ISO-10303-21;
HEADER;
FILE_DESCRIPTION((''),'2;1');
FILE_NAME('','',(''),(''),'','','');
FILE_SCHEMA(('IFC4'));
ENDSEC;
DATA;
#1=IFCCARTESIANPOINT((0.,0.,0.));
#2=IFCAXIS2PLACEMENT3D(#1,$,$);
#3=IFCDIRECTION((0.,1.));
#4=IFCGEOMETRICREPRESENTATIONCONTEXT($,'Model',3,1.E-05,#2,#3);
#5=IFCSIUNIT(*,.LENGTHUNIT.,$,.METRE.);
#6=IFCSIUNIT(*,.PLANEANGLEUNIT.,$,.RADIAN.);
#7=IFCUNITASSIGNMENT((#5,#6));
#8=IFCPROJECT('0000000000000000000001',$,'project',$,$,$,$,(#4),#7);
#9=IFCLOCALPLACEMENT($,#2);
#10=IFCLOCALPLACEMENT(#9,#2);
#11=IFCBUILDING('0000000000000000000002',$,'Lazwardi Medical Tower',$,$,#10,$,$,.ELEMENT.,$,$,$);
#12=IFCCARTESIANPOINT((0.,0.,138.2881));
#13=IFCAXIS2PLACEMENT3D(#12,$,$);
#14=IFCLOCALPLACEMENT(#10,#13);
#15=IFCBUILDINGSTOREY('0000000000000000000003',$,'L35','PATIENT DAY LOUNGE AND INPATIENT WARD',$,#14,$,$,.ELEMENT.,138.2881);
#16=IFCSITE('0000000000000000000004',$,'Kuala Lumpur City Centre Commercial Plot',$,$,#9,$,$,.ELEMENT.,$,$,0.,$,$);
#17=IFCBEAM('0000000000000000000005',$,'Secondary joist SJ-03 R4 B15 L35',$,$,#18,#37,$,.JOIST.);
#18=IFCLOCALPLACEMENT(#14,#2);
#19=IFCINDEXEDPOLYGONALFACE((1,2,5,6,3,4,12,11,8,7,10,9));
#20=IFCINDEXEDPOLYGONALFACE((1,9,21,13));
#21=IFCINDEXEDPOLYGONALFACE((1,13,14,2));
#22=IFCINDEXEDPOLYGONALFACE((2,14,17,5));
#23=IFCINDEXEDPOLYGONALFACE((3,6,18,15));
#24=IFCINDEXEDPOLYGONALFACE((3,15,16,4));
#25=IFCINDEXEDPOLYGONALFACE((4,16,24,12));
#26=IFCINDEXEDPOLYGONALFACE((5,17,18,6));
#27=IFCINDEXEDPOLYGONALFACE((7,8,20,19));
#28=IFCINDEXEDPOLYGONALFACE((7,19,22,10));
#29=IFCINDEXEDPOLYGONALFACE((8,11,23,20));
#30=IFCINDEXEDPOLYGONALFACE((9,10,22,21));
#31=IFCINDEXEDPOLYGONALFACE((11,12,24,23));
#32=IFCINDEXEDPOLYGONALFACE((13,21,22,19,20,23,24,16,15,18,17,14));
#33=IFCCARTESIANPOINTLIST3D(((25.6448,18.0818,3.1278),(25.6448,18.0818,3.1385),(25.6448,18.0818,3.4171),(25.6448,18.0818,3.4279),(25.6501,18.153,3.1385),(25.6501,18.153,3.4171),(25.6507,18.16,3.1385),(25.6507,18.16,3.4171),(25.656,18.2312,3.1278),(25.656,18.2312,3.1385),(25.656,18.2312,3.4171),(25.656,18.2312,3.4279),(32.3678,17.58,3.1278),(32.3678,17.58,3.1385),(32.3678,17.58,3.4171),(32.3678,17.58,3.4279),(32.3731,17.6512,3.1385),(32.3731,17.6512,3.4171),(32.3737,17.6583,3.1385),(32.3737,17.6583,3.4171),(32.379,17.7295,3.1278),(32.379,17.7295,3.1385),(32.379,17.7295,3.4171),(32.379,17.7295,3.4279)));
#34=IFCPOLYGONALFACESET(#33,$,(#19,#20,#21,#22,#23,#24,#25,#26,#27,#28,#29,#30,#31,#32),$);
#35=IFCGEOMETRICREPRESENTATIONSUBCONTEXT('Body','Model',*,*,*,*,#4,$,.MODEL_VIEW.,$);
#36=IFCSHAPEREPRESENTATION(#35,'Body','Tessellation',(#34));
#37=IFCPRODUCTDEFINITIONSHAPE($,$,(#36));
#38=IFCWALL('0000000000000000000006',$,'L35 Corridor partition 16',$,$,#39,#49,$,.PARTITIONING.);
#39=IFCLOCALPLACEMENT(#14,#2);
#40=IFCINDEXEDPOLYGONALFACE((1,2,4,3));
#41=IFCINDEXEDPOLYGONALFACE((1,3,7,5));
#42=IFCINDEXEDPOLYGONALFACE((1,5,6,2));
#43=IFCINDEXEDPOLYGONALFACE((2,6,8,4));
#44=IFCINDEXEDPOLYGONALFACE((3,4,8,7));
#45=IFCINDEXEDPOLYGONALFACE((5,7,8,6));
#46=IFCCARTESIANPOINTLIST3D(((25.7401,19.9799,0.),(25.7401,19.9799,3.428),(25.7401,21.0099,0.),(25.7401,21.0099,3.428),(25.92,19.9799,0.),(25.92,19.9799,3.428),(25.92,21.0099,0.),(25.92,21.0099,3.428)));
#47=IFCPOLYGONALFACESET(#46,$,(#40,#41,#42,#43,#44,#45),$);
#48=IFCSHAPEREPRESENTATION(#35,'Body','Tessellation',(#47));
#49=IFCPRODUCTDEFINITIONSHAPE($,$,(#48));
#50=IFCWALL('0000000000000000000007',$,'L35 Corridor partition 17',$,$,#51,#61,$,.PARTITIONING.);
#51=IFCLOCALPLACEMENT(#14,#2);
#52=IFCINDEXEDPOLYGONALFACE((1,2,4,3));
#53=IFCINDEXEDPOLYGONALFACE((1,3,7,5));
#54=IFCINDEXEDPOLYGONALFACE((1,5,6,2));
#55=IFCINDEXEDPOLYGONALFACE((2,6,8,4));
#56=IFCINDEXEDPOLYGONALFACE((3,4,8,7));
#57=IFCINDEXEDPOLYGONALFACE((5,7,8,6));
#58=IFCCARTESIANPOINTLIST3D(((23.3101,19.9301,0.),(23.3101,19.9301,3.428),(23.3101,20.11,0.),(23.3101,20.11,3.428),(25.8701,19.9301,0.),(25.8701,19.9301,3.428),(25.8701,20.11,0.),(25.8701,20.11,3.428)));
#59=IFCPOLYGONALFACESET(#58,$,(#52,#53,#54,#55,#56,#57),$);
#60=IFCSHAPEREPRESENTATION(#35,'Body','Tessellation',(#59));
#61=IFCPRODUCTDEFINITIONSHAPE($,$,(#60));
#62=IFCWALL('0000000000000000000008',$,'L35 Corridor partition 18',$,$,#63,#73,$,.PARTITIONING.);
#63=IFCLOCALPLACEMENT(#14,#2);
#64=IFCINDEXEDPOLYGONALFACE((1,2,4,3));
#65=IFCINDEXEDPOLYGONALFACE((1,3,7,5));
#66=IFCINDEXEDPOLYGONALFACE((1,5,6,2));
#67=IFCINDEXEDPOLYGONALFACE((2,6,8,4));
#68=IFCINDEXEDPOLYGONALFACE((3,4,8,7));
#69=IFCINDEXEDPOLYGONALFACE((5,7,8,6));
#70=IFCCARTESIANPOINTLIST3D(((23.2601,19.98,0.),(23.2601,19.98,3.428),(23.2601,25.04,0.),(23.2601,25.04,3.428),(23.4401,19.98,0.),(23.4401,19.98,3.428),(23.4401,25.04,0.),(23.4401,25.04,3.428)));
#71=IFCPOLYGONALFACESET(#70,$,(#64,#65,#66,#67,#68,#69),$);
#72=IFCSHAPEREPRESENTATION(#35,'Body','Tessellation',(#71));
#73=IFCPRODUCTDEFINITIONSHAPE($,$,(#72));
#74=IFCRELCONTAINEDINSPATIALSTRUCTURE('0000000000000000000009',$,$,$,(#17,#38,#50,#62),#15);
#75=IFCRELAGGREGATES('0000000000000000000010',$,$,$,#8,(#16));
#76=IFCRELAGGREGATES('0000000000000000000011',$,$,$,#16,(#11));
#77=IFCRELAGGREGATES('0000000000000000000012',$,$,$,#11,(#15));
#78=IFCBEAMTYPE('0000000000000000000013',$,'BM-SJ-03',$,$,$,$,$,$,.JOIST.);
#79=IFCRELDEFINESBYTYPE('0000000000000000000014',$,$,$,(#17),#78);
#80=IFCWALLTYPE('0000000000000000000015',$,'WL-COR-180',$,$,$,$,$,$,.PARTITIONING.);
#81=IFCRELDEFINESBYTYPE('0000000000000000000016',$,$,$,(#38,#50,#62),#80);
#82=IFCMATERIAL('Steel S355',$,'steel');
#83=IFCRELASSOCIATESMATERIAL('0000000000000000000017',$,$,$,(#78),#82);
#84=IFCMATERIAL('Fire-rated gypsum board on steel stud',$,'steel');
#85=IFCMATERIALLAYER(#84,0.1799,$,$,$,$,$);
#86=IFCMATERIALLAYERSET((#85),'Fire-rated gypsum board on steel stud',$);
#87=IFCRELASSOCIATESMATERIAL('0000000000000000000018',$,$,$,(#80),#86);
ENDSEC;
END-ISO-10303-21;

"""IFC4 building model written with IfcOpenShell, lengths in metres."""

from ifc_helpers import new_model, si_unit, direction, frame, frame_2d, origin, origin_2d, place, context, subcontext, project, spatial, rectangle, i_section, extrude, material, layer, layer_set, material_profile, profile_set, type_object, element, save


model = new_model("IFC4")

# Units and contexts
model_context = context("Model", 3, precision=1e-05, world=origin(), true_north=direction((0.0, 1.0)))
body_context = subcontext(model_context, "Body", "Model", "MODEL_VIEW")
ifc_project = project(units=[si_unit("LENGTHUNIT", "METRE"), si_unit("PLANEANGLEUNIT", "RADIAN")], contexts=[model_context])

# Site, building, storey
site_placement = place(None, origin())
site = spatial("IfcSite", under=ifc_project, at=site_placement, Name="Kuala Lumpur City Centre Commercial Plot", CompositionType="ELEMENT", RefElevation=0.0)
building_placement = place(site_placement, origin())
building = spatial("IfcBuilding", under=site, at=building_placement, Name="Lazwardi Medical Tower", CompositionType="ELEMENT")
storey_placement = place(building_placement, frame((0.0, 0.0, 138.2881)))
storey = spatial("IfcBuildingStorey", under=building, at=storey_placement, Name="L35", Description="PATIENT DAY LOUNGE AND INPATIENT WARD", CompositionType="ELEMENT", Elevation=138.2881)

# Beam
ifc_material_1 = material(Name="Steel S355", Category="steel")
ifc_material_profile_1 = material_profile(ifc_material_1, i_section(OverallWidth=0.1499, OverallDepth=0.3, WebThickness=0.0071, FlangeThickness=0.0107, at=origin_2d()), Name="IPE 300")
ifc_profile_set_1 = profile_set([ifc_material_profile_1], Name="Steel S355")
beam_type_1 = type_object("IfcBeamType", Name="BM-SJ-03", PredefinedType="JOIST", material=ifc_profile_set_1)
beam_1_placement = place(storey_placement, frame((25.6504, 18.1565, 3.2778), z_axis=(0.997227, -0.07442, 0.0), x_axis=(0.07442, 0.997227, 0.0)))
element("IfcBeam", 1, at=beam_1_placement, inside=storey, type_object=beam_type_1, Name="Secondary joist SJ-03 R4 B15 L35", PredefinedType="JOIST", context=body_context, shape_type="SweptSolid", body=[
    extrude(i_section(OverallWidth=0.1499, OverallDepth=0.3, WebThickness=0.0071, FlangeThickness=0.0107, at=origin_2d()), origin(), (0.0, 0.0, 1.0), 6.7417),
])

# Walls
ifc_material_2 = material(Name="Fire-rated gypsum board on steel stud", Category="steel")
ifc_layer = layer(ifc_material_2, 0.1799)
ifc_layer_set = layer_set([ifc_layer], Name="Fire-rated gypsum board on steel stud")
wall_type = type_object("IfcWallType", Name="WL-COR-180", PredefinedType="PARTITIONING", material=ifc_layer_set)
wall_1_placement = place(storey_placement, frame((25.8301, 21.01, 0.0), z_axis=(0.0, 0.0, 1.0), x_axis=(0.0, -1.0, 0.0)))
element("IfcWall", 2, at=wall_1_placement, inside=storey, type_object=wall_type, Name="L35 Corridor partition 16", PredefinedType="PARTITIONING", context=body_context, shape_type="SweptSolid", body=[
    extrude(rectangle(XDim=1.03, YDim=0.1799, at=frame_2d((0.5151, 0.0))), origin(), (0.0, 0.0, 1.0), 3.428),
])
wall_2_placement = place(storey_placement, frame((25.8701, 20.02, 0.0), z_axis=(0.0, 0.0, 1.0), x_axis=(-1.0, 0.0, 0.0)))
element("IfcWall", 3, at=wall_2_placement, inside=storey, type_object=wall_type, Name="L35 Corridor partition 17", PredefinedType="PARTITIONING", context=body_context, shape_type="SweptSolid", body=[
    extrude(rectangle(XDim=2.5601, YDim=0.1799, at=frame_2d((1.28, 0.0))), origin(), (0.0, 0.0, 1.0), 3.428),
])
wall_3_placement = place(storey_placement, frame((23.3501, 19.98, 0.0), z_axis=(0.0, 0.0, 1.0), x_axis=(0.0, 1.0, 0.0)))
element("IfcWall", 4, at=wall_3_placement, inside=storey, type_object=wall_type, Name="L35 Corridor partition 18", PredefinedType="PARTITIONING", context=body_context, shape_type="SweptSolid", body=[
    extrude(rectangle(XDim=5.0601, YDim=0.1799, at=frame_2d((2.53, 0.0))), origin(), (0.0, 0.0, 1.0), 3.428),
])

save(model, "model.ifc")
